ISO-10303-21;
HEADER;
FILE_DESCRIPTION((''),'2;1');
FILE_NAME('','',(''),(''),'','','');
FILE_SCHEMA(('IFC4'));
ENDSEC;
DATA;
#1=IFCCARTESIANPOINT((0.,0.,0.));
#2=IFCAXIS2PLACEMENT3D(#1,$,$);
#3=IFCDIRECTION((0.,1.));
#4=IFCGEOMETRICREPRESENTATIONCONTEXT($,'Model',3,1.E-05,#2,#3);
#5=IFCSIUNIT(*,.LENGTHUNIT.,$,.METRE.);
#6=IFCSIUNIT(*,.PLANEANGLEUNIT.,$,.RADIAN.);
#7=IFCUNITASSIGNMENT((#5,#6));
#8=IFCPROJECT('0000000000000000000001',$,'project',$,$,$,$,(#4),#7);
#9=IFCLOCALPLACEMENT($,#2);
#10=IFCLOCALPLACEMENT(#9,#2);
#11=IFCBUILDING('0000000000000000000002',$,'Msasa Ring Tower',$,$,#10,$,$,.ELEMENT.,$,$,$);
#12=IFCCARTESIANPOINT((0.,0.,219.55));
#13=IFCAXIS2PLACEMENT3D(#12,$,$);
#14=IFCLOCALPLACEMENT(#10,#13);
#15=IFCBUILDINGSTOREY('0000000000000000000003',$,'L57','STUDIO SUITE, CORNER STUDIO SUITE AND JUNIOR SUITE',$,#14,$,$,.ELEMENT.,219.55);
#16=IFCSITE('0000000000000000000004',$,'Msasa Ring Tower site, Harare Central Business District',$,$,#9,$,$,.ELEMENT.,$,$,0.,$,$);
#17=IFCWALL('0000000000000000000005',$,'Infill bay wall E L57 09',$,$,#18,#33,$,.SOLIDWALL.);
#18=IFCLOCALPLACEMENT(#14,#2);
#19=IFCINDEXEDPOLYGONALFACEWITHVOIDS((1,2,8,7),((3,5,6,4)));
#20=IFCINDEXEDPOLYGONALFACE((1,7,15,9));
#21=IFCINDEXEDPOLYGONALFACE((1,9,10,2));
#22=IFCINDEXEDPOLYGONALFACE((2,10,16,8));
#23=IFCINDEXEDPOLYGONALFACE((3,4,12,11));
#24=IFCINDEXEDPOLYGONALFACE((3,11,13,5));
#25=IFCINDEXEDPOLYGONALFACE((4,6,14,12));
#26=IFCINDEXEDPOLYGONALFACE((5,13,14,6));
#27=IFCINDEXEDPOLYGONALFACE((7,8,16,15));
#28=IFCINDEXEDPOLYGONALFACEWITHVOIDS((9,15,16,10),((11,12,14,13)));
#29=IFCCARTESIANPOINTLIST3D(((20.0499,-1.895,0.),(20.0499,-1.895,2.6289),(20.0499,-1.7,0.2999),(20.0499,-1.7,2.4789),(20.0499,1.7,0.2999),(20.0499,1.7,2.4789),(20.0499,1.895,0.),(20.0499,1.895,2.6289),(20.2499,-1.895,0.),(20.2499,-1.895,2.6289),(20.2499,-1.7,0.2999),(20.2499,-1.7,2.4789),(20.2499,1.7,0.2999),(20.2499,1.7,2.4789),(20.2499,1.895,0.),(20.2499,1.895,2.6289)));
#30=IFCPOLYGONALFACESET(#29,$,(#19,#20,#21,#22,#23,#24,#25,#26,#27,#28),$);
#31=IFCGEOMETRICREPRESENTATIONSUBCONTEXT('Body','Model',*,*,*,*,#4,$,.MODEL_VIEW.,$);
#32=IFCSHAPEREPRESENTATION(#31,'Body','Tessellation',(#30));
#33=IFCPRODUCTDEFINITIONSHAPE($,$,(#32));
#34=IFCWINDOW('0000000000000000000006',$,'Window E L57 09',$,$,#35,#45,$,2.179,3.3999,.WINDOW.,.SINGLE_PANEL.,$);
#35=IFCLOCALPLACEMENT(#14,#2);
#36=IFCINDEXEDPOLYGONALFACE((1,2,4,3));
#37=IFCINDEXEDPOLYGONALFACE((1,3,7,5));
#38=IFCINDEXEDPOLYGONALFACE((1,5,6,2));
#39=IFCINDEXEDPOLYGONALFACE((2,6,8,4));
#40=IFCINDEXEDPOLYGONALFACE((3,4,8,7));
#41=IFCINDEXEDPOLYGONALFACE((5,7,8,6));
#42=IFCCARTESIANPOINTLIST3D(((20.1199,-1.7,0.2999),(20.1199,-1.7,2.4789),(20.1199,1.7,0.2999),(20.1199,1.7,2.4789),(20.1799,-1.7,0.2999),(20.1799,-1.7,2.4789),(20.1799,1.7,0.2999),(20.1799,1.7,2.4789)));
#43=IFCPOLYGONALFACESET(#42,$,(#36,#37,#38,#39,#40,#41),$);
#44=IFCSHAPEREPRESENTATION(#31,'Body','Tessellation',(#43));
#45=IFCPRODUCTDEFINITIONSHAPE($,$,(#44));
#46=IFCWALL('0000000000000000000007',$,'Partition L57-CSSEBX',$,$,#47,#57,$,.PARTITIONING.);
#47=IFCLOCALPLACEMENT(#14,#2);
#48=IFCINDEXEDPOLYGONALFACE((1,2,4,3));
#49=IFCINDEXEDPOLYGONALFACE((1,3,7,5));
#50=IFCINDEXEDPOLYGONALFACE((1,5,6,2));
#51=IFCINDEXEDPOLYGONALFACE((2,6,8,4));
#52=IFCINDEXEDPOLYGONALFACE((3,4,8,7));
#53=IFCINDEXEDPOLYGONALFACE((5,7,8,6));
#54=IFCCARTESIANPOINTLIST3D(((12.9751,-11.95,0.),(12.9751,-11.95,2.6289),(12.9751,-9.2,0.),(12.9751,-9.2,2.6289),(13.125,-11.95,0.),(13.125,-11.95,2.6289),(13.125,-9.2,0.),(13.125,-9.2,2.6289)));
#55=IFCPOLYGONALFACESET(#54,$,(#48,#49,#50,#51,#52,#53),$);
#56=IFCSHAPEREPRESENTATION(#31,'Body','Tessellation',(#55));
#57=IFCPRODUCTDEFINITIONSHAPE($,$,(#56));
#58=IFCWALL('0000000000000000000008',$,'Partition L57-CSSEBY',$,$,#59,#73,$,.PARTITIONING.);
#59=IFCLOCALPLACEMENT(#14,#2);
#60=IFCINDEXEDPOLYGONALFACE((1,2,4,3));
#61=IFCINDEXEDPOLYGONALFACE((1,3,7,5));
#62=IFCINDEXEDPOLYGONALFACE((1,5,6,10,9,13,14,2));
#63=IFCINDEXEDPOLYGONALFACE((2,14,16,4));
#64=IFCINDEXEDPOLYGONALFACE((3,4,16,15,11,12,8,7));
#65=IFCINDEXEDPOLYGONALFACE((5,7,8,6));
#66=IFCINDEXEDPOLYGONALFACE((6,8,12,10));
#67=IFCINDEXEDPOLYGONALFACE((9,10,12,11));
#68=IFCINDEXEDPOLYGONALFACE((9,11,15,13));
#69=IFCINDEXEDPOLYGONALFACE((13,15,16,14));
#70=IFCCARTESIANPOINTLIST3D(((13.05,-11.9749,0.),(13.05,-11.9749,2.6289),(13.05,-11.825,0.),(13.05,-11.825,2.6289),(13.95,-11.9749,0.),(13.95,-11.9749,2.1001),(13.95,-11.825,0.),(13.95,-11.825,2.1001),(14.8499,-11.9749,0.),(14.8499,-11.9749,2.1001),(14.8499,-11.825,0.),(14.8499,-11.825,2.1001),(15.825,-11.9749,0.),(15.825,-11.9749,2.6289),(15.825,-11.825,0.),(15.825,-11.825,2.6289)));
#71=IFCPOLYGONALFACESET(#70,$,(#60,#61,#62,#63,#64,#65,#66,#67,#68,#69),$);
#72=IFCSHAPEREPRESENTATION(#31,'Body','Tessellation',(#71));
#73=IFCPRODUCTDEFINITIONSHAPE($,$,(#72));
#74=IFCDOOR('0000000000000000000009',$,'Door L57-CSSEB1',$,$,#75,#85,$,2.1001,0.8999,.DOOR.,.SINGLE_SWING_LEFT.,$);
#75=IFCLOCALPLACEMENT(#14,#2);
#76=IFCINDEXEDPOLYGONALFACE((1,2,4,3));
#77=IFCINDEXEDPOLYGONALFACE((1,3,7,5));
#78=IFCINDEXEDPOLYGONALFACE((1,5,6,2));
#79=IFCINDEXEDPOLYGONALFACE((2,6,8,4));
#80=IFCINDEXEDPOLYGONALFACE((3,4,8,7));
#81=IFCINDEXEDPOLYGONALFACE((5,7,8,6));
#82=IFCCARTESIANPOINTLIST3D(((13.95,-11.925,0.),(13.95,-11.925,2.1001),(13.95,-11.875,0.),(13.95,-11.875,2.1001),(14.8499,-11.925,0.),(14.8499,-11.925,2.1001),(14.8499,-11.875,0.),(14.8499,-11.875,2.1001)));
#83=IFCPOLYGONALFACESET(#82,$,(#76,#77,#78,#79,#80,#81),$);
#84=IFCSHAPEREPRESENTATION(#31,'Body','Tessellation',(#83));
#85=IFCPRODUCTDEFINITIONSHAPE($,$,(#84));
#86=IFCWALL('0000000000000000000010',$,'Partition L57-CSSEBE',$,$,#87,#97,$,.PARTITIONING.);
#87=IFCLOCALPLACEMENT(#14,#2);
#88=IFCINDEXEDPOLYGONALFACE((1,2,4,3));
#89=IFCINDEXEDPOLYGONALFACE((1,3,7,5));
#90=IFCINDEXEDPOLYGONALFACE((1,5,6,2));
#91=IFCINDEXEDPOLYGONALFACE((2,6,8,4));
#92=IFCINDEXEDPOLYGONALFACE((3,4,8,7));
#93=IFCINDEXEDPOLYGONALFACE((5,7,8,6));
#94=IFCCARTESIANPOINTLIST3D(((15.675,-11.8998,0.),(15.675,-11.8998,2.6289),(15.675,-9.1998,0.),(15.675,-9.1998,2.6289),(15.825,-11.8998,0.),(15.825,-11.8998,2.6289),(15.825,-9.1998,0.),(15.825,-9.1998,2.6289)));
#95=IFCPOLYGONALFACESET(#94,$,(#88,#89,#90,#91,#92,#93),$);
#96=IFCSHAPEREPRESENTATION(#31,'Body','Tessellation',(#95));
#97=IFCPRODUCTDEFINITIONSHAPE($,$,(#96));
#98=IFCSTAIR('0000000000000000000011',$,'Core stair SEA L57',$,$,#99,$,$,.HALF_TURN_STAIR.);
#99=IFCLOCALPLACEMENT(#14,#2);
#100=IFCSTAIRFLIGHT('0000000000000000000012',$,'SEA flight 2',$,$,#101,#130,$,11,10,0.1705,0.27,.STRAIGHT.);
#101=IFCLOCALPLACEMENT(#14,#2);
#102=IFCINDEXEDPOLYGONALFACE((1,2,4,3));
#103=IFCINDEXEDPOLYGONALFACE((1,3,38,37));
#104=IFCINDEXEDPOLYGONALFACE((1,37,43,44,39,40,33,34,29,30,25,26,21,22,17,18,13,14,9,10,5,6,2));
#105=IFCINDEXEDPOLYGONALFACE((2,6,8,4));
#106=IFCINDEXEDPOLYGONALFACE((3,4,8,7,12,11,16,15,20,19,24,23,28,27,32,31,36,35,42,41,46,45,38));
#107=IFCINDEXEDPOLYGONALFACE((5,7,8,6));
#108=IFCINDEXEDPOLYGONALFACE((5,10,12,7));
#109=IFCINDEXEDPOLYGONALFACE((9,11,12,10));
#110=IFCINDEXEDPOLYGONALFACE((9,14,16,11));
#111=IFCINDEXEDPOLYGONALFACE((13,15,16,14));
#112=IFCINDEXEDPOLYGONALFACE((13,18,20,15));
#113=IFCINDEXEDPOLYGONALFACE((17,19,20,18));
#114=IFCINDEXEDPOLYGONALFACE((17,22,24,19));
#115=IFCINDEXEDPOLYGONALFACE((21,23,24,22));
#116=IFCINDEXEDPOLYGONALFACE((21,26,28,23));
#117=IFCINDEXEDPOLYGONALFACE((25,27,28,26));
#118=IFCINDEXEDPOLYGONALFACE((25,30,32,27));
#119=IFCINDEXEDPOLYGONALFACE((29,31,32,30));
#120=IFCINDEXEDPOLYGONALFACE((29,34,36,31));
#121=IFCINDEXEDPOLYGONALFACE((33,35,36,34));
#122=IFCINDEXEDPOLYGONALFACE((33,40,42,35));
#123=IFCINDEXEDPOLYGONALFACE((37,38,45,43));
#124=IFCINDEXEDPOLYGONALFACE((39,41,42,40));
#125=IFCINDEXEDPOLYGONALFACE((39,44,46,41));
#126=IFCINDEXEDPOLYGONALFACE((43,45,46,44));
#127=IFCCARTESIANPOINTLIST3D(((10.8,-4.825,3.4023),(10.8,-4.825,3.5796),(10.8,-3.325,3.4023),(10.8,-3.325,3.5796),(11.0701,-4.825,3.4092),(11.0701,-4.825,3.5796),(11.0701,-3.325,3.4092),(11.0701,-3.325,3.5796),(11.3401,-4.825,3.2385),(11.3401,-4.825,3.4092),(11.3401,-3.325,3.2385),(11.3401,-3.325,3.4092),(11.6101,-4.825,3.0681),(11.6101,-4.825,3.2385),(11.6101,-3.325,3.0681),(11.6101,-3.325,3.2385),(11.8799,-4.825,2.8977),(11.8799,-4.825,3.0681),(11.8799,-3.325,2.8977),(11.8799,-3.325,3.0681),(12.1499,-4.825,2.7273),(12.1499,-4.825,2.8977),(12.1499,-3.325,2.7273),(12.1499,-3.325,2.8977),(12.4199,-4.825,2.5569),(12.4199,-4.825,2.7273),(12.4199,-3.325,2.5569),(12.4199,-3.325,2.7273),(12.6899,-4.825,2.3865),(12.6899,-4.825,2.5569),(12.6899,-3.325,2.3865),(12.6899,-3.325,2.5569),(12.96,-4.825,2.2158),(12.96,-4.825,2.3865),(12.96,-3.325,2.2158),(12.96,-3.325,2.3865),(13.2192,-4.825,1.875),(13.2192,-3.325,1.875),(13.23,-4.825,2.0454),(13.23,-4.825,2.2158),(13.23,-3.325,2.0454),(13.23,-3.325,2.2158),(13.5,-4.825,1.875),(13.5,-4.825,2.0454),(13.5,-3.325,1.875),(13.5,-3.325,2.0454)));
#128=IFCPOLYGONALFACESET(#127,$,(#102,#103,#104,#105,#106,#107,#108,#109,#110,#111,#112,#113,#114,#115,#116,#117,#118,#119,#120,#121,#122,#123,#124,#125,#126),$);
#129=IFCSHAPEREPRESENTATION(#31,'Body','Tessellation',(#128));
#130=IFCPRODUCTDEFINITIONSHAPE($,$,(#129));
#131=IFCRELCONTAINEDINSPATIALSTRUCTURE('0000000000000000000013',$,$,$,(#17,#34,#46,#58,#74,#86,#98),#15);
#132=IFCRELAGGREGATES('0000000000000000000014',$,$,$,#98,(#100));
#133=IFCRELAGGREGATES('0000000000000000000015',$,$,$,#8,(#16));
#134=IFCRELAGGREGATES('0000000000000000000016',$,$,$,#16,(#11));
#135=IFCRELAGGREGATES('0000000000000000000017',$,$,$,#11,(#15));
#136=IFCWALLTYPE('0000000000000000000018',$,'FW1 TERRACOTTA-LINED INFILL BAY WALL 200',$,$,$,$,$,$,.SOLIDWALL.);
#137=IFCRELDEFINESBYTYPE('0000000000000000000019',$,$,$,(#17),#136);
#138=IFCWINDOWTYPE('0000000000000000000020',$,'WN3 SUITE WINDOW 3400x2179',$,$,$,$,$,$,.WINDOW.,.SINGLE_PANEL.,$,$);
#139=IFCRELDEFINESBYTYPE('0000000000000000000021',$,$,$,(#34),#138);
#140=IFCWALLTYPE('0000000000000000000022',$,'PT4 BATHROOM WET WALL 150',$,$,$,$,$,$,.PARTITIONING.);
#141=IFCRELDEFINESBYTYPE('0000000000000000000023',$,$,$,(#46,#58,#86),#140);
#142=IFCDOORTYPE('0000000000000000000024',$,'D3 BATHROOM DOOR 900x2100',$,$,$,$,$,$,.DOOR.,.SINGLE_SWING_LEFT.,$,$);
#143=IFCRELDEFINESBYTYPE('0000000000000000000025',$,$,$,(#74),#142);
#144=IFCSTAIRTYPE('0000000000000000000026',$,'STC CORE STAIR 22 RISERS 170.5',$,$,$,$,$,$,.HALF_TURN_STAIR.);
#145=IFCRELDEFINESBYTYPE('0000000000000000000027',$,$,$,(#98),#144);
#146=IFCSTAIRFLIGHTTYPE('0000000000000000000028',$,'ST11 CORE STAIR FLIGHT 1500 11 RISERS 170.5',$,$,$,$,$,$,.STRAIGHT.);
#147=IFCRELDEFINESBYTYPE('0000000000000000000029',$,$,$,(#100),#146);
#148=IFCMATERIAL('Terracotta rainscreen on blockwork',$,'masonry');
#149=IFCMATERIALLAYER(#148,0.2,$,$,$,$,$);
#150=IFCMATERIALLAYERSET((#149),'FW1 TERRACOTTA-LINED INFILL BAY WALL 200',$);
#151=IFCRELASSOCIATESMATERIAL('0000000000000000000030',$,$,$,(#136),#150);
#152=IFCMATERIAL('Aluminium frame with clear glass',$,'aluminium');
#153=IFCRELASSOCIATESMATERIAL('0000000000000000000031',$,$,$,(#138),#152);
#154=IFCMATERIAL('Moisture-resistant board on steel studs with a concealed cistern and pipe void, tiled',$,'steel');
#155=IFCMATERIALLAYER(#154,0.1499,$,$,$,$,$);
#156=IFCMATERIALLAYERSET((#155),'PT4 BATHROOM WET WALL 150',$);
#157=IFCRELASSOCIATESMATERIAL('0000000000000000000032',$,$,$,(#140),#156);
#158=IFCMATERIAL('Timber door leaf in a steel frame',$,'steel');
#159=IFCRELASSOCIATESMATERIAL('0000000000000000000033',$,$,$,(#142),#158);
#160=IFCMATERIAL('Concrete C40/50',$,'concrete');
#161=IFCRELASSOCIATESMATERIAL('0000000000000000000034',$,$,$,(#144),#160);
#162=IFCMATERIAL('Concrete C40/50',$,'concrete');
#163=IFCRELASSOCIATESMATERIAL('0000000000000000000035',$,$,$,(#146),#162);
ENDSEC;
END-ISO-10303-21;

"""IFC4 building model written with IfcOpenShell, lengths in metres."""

from ifc_helpers import new_model, si_unit, direction, frame, frame_2d, origin, place, context, subcontext, project, spatial, polyline, rectangle, outline, extrude, material, layer, layer_set, type_object, element, fill, aggregate, save


model = new_model("IFC4")

# Units and contexts
model_context = context("Model", 3, precision=1e-05, world=origin(), true_north=direction((0.0, 1.0)))
body_context = subcontext(model_context, "Body", "Model", "MODEL_VIEW")
ifc_project = project(units=[si_unit("LENGTHUNIT", "METRE"), si_unit("PLANEANGLEUNIT", "RADIAN")], contexts=[model_context])

# Site, building, storey
site_placement = place(None, origin())
site = spatial("IfcSite", under=ifc_project, at=site_placement, Name="Msasa Ring Tower site, Harare Central Business District", CompositionType="ELEMENT", RefElevation=0.0)
building_placement = place(site_placement, origin())
building = spatial("IfcBuilding", under=site, at=building_placement, Name="Msasa Ring Tower", CompositionType="ELEMENT")
storey_placement = place(building_placement, frame((0.0, 0.0, 219.55)))
storey = spatial("IfcBuildingStorey", under=building, at=storey_placement, Name="L57", Description="STUDIO SUITE, CORNER STUDIO SUITE AND JUNIOR SUITE", CompositionType="ELEMENT", Elevation=219.55)

# Wall, opening, window
ifc_material_1 = material(Name="Terracotta rainscreen on blockwork", Category="masonry")
ifc_layer_1 = layer(ifc_material_1, 0.2)
ifc_layer_set_1 = layer_set([ifc_layer_1], Name="FW1 TERRACOTTA-LINED INFILL BAY WALL 200")
wall_type_1 = type_object("IfcWallType", Name="FW1 TERRACOTTA-LINED INFILL BAY WALL 200", PredefinedType="SOLIDWALL", material=ifc_layer_set_1)
ifc_material_2 = material(Name="Aluminium frame with clear glass", Category="aluminium")
window_type = type_object("IfcWindowType", Name="WN3 SUITE WINDOW 3400x2179", PartitioningType="SINGLE_PANEL", PredefinedType="WINDOW", material=ifc_material_2)
wall_1_placement = place(storey_placement, frame((20.1499, -1.895, 0.0), z_axis=(0.0, 0.0, 1.0), x_axis=(0.0, 1.0, 0.0)))
wall_1 = element("IfcWall", 1, at=wall_1_placement, inside=storey, type_object=wall_type_1, Name="Infill bay wall E L57 09", PredefinedType="SOLIDWALL", context=body_context, shape_type="SweptSolid", body=[
    extrude(rectangle(XDim=3.79, YDim=0.2, at=frame_2d((1.895, 0.0))), origin(), (0.0, 0.0, 1.0), 2.6289),
])
opening_1_placement = place(wall_1_placement, frame((0.1951, 0.0, 0.3)))
opening_1 = element("IfcOpeningElement", 2, at=opening_1_placement, cuts=wall_1, PredefinedType="OPENING", context=body_context, shape_type="SweptSolid", body=[
    extrude(rectangle(XDim=3.3999, YDim=2.179, at=frame_2d((1.7, 1.0894))), frame((0.0, 0.1099, 0.0), z_axis=(0.0, -1.0, 0.0), x_axis=(1.0, 0.0, 0.0)), (0.0, 0.0, 1.0), 0.22),
])
window_1_placement = place(opening_1_placement, origin())
window_1 = element("IfcWindow", 3, at=window_1_placement, inside=storey, type_object=window_type, Name="Window E L57 09", OverallHeight=2.179, OverallWidth=3.3999, PartitioningType="SINGLE_PANEL", PredefinedType="WINDOW", context=body_context, shape_type="SweptSolid", body=[
    extrude(rectangle(XDim=3.3999, YDim=2.179, at=frame_2d((1.7, 1.0894))), frame((0.0, 0.03, 0.0), z_axis=(0.0, -1.0, 0.0), x_axis=(1.0, 0.0, 0.0)), (0.0, 0.0, 1.0), 0.0601),
])
fill(opening_1, window_1)

# Wall
ifc_material_3 = material(Name="Moisture-resistant board on steel studs with a concealed cistern and pipe void, tiled", Category="steel")
ifc_layer_2 = layer(ifc_material_3, 0.1499)
ifc_layer_set_2 = layer_set([ifc_layer_2], Name="PT4 BATHROOM WET WALL 150")
wall_type_2 = type_object("IfcWallType", Name="PT4 BATHROOM WET WALL 150", PredefinedType="PARTITIONING", material=ifc_layer_set_2)
wall_2_placement = place(storey_placement, frame((13.05, -11.95, 0.0), z_axis=(0.0, 0.0, 1.0), x_axis=(0.0, 1.0, 0.0)))
element("IfcWall", 4, at=wall_2_placement, inside=storey, type_object=wall_type_2, Name="Partition L57-CSSEBX", PredefinedType="PARTITIONING", context=body_context, shape_type="SweptSolid", body=[
    extrude(rectangle(XDim=2.75, YDim=0.1499, at=frame_2d((1.375, 0.0))), origin(), (0.0, 0.0, 1.0), 2.6289),
])

# Wall, opening, door
wall_3_placement = place(storey_placement, frame((13.05, -11.8999, 0.0), z_axis=(0.0, 0.0, 1.0), x_axis=(1.0, 0.0, 0.0)))
wall_3 = element("IfcWall", 5, at=wall_3_placement, inside=storey, type_object=wall_type_2, Name="Partition L57-CSSEBY", PredefinedType="PARTITIONING", context=body_context, shape_type="SweptSolid", body=[
    extrude(rectangle(XDim=2.7749, YDim=0.1499, at=frame_2d((1.3875, 0.0))), origin(), (0.0, 0.0, 1.0), 2.6289),
])
opening_2_placement = place(wall_3_placement, frame((0.8999, 0.0, 0.0)))
opening_2 = element("IfcOpeningElement", 6, at=opening_2_placement, cuts=wall_3, PredefinedType="OPENING", context=body_context, shape_type="SweptSolid", body=[
    extrude(rectangle(XDim=0.8999, YDim=2.1001, at=frame_2d((0.45, 1.05))), frame((0.0, 0.085, 0.0), z_axis=(0.0, -1.0, 0.0), x_axis=(1.0, 0.0, 0.0)), (0.0, 0.0, 1.0), 0.1699),
])
ifc_material_4 = material(Name="Timber door leaf in a steel frame", Category="steel")
door_type_1 = type_object("IfcDoorType", Name="D3 BATHROOM DOOR 900x2100", OperationType="SINGLE_SWING_LEFT", PredefinedType="DOOR", material=ifc_material_4)
door_1_placement = place(opening_2_placement, origin())
door_1 = element("IfcDoor", 7, at=door_1_placement, inside=storey, type_object=door_type_1, Name="Door L57-CSSEB1", OperationType="SINGLE_SWING_LEFT", OverallHeight=2.1001, OverallWidth=0.8999, PredefinedType="DOOR", context=body_context, shape_type="SweptSolid", body=[
    extrude(rectangle(XDim=0.8999, YDim=2.1001, at=frame_2d((0.45, 1.05))), frame((0.0, 0.0249, 0.0), z_axis=(0.0, -1.0, 0.0), x_axis=(1.0, 0.0, 0.0)), (0.0, 0.0, 1.0), 0.05),
])
fill(opening_2, door_1)

# Wall
wall_4_placement = place(storey_placement, frame((15.75, -11.8999, 0.0), z_axis=(0.0, 0.0, 1.0), x_axis=(0.0, 1.0, 0.0)))
element("IfcWall", 8, at=wall_4_placement, inside=storey, type_object=wall_type_2, Name="Partition L57-CSSEBE", PredefinedType="PARTITIONING", context=body_context, shape_type="SweptSolid", body=[
    extrude(rectangle(XDim=2.7, YDim=0.1499, at=frame_2d((1.3501, 0.0))), origin(), (0.0, 0.0, 1.0), 2.6289),
])

# Stair, stair flight
ifc_material_5 = material(Name="Concrete C40/50", Category="concrete")
stair_type = type_object("IfcStairType", Name="STC CORE STAIR 22 RISERS 170.5", PredefinedType="HALF_TURN_STAIR", material=ifc_material_5)
stair_placement = place(storey_placement, origin())
stair = element("IfcStair", 9, at=stair_placement, inside=storey, type_object=stair_type, Name="Core stair SEA L57", PredefinedType="HALF_TURN_STAIR")
ifc_material_6 = material(Name="Concrete C40/50", Category="concrete")
stair_flight_type = type_object("IfcStairFlightType", Name="ST11 CORE STAIR FLIGHT 1500 11 RISERS 170.5", PredefinedType="STRAIGHT", material=ifc_material_6)
stair_flight_placement = place(storey_placement, frame((13.5, -4.075, 1.875), z_axis=(0.0, 0.0, 1.0), x_axis=(-1.0, 0.0, 0.0)))
stair_flight = element("IfcStairFlight", 10, at=stair_flight_placement, type_object=stair_flight_type, Name="SEA flight 2", NumberOfRisers=11, NumberOfTreads=10, PredefinedType="STRAIGHT", RiserHeight=0.1705, TreadLength=0.27, context=body_context, shape_type="SweptSolid", body=[
    extrude(outline(polyline([(0.0, 0.0), (0.0, 0.1704), (0.27, 0.1704), (0.27, 0.3408), (0.54, 0.3408), (0.54, 0.5115), (0.8101, 0.5115), (0.8101, 0.6819), (1.0801, 0.6819), (1.0801, 0.8523), (1.3501, 0.8523), (1.3501, 1.0227), (1.6201, 1.0227), (1.6201, 1.1931), (1.8899, 1.1931), (1.8899, 1.3635), (2.1599, 1.3635), (2.1599, 1.5342), (2.4299, 1.5342), (2.4299, 1.7046), (2.7, 1.7046), (2.7, 1.875), (2.7, 1.5273), (0.2808, 0.0), (0.0, 0.0)])), frame((0.0, 0.75, 0.0), z_axis=(0.0, -1.0, 0.0), x_axis=(1.0, 0.0, 0.0)), (0.0, 0.0, 1.0), 1.5),
])
aggregate(stair, [stair_flight])

save(model, "model.ifc")
